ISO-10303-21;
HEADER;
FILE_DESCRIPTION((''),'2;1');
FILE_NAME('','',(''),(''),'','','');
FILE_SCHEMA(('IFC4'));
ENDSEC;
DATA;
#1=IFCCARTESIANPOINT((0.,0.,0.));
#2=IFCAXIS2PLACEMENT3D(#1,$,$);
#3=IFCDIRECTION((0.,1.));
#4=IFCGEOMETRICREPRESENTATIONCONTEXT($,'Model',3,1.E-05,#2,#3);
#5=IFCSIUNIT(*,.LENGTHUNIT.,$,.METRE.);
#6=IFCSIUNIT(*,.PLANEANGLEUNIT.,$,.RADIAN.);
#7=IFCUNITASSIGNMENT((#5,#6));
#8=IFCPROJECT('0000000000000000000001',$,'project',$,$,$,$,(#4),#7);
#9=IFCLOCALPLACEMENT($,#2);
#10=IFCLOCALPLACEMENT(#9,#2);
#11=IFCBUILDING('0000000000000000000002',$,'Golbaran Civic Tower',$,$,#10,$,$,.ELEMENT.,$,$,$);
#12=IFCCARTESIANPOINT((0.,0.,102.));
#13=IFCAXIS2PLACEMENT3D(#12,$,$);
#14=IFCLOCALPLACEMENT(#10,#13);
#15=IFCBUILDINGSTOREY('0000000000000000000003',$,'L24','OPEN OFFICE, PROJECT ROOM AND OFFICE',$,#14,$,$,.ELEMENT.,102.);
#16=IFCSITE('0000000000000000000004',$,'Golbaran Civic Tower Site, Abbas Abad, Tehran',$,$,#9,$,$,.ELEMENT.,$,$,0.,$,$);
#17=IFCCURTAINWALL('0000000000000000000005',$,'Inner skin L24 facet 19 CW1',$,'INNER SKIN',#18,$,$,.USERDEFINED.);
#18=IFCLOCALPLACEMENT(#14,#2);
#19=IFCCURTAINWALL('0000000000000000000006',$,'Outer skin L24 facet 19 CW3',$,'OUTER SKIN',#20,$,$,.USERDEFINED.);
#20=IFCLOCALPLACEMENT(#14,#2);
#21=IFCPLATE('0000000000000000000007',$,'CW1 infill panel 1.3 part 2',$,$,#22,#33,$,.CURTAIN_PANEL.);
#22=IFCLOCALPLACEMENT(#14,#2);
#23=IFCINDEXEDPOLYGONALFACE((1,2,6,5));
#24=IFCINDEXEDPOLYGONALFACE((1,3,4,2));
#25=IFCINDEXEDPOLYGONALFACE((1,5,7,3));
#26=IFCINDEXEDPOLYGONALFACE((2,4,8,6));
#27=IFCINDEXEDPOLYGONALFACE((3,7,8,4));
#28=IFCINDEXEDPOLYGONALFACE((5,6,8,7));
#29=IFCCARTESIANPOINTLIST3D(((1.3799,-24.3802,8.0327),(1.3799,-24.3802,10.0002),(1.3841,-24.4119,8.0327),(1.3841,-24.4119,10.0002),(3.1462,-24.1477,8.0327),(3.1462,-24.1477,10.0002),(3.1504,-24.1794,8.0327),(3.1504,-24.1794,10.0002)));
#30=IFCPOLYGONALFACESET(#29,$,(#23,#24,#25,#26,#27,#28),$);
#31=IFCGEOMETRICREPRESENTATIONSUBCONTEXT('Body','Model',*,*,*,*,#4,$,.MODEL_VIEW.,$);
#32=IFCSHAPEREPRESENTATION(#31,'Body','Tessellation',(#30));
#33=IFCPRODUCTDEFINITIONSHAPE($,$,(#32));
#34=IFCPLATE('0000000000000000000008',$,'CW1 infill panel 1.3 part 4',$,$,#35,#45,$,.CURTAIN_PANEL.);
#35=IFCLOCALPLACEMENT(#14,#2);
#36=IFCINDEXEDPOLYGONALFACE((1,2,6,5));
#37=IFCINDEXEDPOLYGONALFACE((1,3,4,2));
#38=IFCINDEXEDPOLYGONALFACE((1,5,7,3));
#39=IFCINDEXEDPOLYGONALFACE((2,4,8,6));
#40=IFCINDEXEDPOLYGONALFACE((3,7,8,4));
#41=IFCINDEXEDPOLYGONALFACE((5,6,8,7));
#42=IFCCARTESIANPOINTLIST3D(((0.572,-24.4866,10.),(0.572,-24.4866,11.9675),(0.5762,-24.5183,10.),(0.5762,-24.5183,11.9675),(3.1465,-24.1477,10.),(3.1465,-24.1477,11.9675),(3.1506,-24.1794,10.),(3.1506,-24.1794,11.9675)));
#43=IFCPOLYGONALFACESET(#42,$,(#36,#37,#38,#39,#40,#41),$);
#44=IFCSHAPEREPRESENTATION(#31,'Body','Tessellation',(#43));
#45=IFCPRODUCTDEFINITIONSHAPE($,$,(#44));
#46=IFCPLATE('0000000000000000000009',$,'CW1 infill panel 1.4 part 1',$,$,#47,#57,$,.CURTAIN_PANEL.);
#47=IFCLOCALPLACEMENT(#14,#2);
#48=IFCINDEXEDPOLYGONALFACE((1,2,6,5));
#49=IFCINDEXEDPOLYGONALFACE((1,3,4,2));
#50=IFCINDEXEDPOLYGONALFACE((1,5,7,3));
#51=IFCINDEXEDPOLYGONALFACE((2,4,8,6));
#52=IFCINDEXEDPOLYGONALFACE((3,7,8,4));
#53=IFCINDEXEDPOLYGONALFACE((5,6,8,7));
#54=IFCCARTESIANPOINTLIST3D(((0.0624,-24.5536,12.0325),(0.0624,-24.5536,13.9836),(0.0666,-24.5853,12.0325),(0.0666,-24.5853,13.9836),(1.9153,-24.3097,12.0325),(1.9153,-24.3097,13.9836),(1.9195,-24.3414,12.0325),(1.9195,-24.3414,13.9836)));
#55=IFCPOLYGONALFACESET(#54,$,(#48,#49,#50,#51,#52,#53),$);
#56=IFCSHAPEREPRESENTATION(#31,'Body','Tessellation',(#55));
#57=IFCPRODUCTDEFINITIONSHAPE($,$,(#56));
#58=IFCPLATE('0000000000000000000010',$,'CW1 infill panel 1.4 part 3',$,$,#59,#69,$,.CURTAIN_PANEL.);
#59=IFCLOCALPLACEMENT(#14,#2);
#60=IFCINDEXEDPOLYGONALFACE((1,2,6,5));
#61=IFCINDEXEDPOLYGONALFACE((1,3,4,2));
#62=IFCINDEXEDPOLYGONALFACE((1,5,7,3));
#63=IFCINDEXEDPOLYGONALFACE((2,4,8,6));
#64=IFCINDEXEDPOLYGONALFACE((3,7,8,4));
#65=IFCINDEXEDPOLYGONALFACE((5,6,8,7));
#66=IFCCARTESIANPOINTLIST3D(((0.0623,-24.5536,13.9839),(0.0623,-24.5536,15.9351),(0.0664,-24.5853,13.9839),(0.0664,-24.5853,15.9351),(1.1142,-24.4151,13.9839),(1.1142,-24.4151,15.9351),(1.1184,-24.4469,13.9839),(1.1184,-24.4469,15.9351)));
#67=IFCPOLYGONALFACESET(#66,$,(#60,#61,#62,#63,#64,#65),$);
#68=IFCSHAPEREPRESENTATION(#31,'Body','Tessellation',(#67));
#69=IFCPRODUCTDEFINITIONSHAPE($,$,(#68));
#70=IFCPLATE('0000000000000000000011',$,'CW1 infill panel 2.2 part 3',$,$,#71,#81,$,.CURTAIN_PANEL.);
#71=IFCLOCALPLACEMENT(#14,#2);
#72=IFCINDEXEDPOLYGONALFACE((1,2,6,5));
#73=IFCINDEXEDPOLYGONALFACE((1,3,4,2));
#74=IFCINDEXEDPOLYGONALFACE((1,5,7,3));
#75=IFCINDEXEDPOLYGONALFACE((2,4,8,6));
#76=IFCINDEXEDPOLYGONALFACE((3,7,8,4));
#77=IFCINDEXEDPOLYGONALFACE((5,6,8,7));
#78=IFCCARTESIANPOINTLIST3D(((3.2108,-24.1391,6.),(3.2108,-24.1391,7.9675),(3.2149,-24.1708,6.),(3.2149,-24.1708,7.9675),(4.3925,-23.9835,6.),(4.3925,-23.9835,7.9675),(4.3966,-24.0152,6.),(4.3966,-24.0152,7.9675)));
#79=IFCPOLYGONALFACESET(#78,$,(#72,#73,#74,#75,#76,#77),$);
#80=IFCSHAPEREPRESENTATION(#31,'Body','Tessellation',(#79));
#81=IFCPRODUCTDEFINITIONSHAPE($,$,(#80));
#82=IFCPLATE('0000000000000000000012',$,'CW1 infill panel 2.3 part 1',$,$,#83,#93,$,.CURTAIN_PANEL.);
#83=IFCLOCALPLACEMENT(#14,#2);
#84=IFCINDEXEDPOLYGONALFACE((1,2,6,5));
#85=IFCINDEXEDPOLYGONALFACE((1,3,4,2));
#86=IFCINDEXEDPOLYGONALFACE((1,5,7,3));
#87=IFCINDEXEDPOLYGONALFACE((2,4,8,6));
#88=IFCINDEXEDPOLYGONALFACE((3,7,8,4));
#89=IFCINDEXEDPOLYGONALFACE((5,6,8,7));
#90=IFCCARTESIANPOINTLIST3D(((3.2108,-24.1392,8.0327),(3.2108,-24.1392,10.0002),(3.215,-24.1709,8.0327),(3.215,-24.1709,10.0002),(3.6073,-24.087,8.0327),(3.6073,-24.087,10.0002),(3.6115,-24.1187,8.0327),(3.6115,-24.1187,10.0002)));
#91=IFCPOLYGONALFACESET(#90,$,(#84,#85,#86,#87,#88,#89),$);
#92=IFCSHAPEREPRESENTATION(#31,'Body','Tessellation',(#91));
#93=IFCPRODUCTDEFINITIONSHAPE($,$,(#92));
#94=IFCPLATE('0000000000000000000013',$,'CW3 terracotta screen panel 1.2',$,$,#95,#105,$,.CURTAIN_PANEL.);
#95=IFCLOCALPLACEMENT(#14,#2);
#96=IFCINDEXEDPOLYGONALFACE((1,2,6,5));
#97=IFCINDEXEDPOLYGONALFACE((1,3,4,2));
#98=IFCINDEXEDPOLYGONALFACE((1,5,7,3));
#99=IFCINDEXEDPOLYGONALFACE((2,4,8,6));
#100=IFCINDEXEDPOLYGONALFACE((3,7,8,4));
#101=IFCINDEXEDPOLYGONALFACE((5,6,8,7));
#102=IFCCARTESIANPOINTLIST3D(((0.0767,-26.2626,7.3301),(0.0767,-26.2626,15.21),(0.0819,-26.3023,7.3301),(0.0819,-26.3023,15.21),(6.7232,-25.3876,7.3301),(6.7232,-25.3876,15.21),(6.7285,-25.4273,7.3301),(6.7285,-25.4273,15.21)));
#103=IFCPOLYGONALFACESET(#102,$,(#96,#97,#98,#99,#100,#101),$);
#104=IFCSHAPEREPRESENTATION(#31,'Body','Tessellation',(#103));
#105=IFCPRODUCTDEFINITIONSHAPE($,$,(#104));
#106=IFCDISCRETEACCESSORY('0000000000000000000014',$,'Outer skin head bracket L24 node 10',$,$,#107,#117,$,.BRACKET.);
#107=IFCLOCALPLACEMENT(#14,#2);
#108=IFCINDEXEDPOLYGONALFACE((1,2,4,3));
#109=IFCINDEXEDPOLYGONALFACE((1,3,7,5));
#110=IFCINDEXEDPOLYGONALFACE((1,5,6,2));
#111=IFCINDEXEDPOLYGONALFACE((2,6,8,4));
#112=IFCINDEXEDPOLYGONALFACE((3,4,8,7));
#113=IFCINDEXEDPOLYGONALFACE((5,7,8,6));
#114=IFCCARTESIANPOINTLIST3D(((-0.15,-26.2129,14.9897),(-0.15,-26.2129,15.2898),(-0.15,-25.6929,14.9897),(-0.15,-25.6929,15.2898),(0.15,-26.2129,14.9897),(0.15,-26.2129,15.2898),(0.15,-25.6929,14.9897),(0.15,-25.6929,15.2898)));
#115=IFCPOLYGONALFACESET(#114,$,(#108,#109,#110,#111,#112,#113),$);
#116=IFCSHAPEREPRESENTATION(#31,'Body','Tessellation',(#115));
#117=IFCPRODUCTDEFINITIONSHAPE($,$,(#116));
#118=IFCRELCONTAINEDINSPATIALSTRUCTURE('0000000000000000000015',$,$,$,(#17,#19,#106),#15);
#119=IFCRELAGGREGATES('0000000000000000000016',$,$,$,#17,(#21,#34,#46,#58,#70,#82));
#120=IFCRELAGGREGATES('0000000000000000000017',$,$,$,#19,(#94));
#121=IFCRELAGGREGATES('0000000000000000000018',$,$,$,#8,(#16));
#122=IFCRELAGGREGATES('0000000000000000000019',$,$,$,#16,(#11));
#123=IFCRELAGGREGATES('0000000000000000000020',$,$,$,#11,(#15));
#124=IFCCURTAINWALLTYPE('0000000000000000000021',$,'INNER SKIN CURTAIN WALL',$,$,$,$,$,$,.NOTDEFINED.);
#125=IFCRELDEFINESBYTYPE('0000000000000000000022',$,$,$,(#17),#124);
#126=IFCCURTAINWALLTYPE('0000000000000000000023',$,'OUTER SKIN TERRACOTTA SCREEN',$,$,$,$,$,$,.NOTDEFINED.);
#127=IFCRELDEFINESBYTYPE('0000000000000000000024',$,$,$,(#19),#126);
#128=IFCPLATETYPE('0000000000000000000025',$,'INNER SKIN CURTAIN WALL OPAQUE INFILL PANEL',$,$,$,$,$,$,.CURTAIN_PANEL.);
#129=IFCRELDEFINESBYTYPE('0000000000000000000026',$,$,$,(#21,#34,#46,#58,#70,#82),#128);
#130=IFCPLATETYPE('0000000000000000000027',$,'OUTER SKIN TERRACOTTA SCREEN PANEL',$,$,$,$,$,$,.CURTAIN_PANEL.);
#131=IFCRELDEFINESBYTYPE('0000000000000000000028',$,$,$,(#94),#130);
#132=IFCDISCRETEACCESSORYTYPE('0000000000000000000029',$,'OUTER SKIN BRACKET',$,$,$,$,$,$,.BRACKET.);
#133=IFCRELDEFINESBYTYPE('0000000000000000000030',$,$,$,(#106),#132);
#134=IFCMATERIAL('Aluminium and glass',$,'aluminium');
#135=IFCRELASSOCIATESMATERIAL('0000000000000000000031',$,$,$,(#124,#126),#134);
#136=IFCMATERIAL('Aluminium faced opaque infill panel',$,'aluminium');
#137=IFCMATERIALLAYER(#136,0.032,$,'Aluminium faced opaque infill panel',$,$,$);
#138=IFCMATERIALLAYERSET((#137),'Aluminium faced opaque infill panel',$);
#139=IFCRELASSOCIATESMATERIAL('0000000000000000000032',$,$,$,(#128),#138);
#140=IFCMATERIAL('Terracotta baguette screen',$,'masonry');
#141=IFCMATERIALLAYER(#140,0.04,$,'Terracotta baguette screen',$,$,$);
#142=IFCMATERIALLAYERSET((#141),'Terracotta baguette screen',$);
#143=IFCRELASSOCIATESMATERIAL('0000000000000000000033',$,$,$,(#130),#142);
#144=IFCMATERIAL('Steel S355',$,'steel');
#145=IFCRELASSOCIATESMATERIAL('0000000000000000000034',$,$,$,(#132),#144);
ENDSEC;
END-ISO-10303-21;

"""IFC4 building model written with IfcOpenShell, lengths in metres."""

from ifc_helpers import new_model, si_unit, direction, frame, origin, origin_2d, place, context, subcontext, project, spatial, rectangle, extrude, material, layer, layer_set, type_object, element, aggregate, save


model = new_model("IFC4")

# Units and contexts
model_context = context("Model", 3, precision=1e-05, world=origin(), true_north=direction((0.0, 1.0)))
body_context = subcontext(model_context, "Body", "Model", "MODEL_VIEW")
ifc_project = project(units=[si_unit("LENGTHUNIT", "METRE"), si_unit("PLANEANGLEUNIT", "RADIAN")], contexts=[model_context])

# Site, building, storey
site_placement = place(None, origin())
site = spatial("IfcSite", under=ifc_project, at=site_placement, Name="Golbaran Civic Tower Site, Abbas Abad, Tehran", CompositionType="ELEMENT", RefElevation=0.0)
building_placement = place(site_placement, origin())
building = spatial("IfcBuilding", under=site, at=building_placement, Name="Golbaran Civic Tower", CompositionType="ELEMENT")
storey_placement = place(building_placement, frame((0.0, 0.0, 102.0)))
storey = spatial("IfcBuildingStorey", under=building, at=storey_placement, Name="L24", Description="OPEN OFFICE, PROJECT ROOM AND OFFICE", CompositionType="ELEMENT", Elevation=102.0)

# Curtain walls
ifc_material_1 = material(Name="Aluminium and glass", Category="aluminium")
curtain_wall_type_1 = type_object("IfcCurtainWallType", Name="INNER SKIN CURTAIN WALL", PredefinedType="NOTDEFINED", material=ifc_material_1)
curtain_wall_1_placement = place(storey_placement, origin())
curtain_wall_1 = element("IfcCurtainWall", 1, at=curtain_wall_1_placement, inside=storey, type_object=curtain_wall_type_1, Name="Inner skin L24 facet 19 CW1", ObjectType="INNER SKIN", PredefinedType="USERDEFINED")
curtain_wall_type_2 = type_object("IfcCurtainWallType", Name="OUTER SKIN TERRACOTTA SCREEN", PredefinedType="NOTDEFINED", material=ifc_material_1)
curtain_wall_2_placement = place(storey_placement, origin())
curtain_wall_2 = element("IfcCurtainWall", 2, at=curtain_wall_2_placement, inside=storey, type_object=curtain_wall_type_2, Name="Outer skin L24 facet 19 CW3", ObjectType="OUTER SKIN", PredefinedType="USERDEFINED")

# Plates
ifc_material_2 = material(Name="Aluminium faced opaque infill panel", Category="aluminium")
ifc_layer_1 = layer(ifc_material_2, 0.032, Name="Aluminium faced opaque infill panel")
ifc_layer_set_1 = layer_set([ifc_layer_1], Name="Aluminium faced opaque infill panel")
plate_type_1 = type_object("IfcPlateType", Name="INNER SKIN CURTAIN WALL OPAQUE INFILL PANEL", PredefinedType="CURTAIN_PANEL", material=ifc_layer_set_1)
plate_1_placement = place(storey_placement, frame((2.2651, -24.2798, 8.0327), z_axis=(0.0, 0.0, 1.0), x_axis=(0.991445, 0.130526, 0.0)))
plate_1 = element("IfcPlate", 3, at=plate_1_placement, type_object=plate_type_1, Name="CW1 infill panel 1.3 part 2", PredefinedType="CURTAIN_PANEL", context=body_context, shape_type="SweptSolid", body=[
    extrude(rectangle(XDim=1.7815, YDim=0.032, at=origin_2d()), origin(), (0.0, 0.0, 1.0), 1.9675),
])
plate_2_placement = place(storey_placement, frame((1.8613, -24.333, 10.0), z_axis=(0.0, 0.0, 1.0), x_axis=(0.991445, 0.130526, 0.0)))
plate_2 = element("IfcPlate", 4, at=plate_2_placement, type_object=plate_type_1, Name="CW1 infill panel 1.3 part 4", PredefinedType="CURTAIN_PANEL", context=body_context, shape_type="SweptSolid", body=[
    extrude(rectangle(XDim=2.5967, YDim=0.032, at=origin_2d()), origin(), (0.0, 0.0, 1.0), 1.9675),
])
plate_3_placement = place(storey_placement, frame((0.991, -24.4475, 12.0325), z_axis=(0.0, 0.0, 1.0), x_axis=(0.991445, 0.130526, 0.0)))
plate_3 = element("IfcPlate", 5, at=plate_3_placement, type_object=plate_type_1, Name="CW1 infill panel 1.4 part 1", PredefinedType="CURTAIN_PANEL", context=body_context, shape_type="SweptSolid", body=[
    extrude(rectangle(XDim=1.8689, YDim=0.032, at=origin_2d()), origin(), (0.0, 0.0, 1.0), 1.9512),
])
plate_4_placement = place(storey_placement, frame((0.5903, -24.5002, 13.9839), z_axis=(0.0, 0.0, 1.0), x_axis=(0.991445, 0.130526, 0.0)))
plate_4 = element("IfcPlate", 6, at=plate_4_placement, type_object=plate_type_1, Name="CW1 infill panel 1.4 part 3", PredefinedType="CURTAIN_PANEL", context=body_context, shape_type="SweptSolid", body=[
    extrude(rectangle(XDim=1.061, YDim=0.032, at=origin_2d()), origin(), (0.0, 0.0, 1.0), 1.9512),
])
plate_5_placement = place(storey_placement, frame((3.8037, -24.0771, 6.0), z_axis=(0.0, 0.0, 1.0), x_axis=(0.991445, 0.130526, 0.0)))
plate_5 = element("IfcPlate", 7, at=plate_5_placement, type_object=plate_type_1, Name="CW1 infill panel 2.2 part 3", PredefinedType="CURTAIN_PANEL", context=body_context, shape_type="SweptSolid", body=[
    extrude(rectangle(XDim=1.1919, YDim=0.032, at=origin_2d()), origin(), (0.0, 0.0, 1.0), 1.9675),
])
plate_6_placement = place(storey_placement, frame((3.4111, -24.1289, 8.0327), z_axis=(0.0, 0.0, 1.0), x_axis=(0.991445, 0.130526, 0.0)))
plate_6 = element("IfcPlate", 8, at=plate_6_placement, type_object=plate_type_1, Name="CW1 infill panel 2.3 part 1", PredefinedType="CURTAIN_PANEL", context=body_context, shape_type="SweptSolid", body=[
    extrude(rectangle(XDim=0.3999, YDim=0.032, at=origin_2d()), origin(), (0.0, 0.0, 1.0), 1.9675),
])
aggregate(curtain_wall_1, [plate_1, plate_2, plate_3, plate_4, plate_5, plate_6])
ifc_material_3 = material(Name="Terracotta baguette screen", Category="masonry")
ifc_layer_2 = layer(ifc_material_3, 0.04, Name="Terracotta baguette screen")
ifc_layer_set_2 = layer_set([ifc_layer_2], Name="Terracotta baguette screen")
plate_type_2 = type_object("IfcPlateType", Name="OUTER SKIN TERRACOTTA SCREEN PANEL", PredefinedType="CURTAIN_PANEL", material=ifc_layer_set_2)
plate_7_placement = place(storey_placement, frame((3.4026, -25.845, 7.3301), z_axis=(0.0, 0.0, 1.0), x_axis=(0.991445, 0.130526, 0.0)))
plate_7 = element("IfcPlate", 9, at=plate_7_placement, type_object=plate_type_2, Name="CW3 terracotta screen panel 1.2", PredefinedType="CURTAIN_PANEL", context=body_context, shape_type="SweptSolid", body=[
    extrude(rectangle(XDim=6.7039, YDim=0.04, at=origin_2d()), origin(), (0.0, 0.0, 1.0), 7.8799),
])
aggregate(curtain_wall_2, [plate_7])

# Discrete accessory
ifc_material_4 = material(Name="Steel S355", Category="steel")
discrete_accessory_type = type_object("IfcDiscreteAccessoryType", Name="OUTER SKIN BRACKET", PredefinedType="BRACKET", material=ifc_material_4)
discrete_accessory_placement = place(storey_placement, frame((0.0, -25.9529, 14.9897), z_axis=(0.0, 0.0, 1.0), x_axis=(0.0, -1.0, 0.0)))
element("IfcDiscreteAccessory", 10, at=discrete_accessory_placement, inside=storey, type_object=discrete_accessory_type, Name="Outer skin head bracket L24 node 10", PredefinedType="BRACKET", context=body_context, shape_type="SweptSolid", body=[
    extrude(rectangle(XDim=0.52, YDim=0.3, at=origin_2d()), origin(), (0.0, 0.0, 1.0), 0.3),
])

save(model, "model.ifc")
